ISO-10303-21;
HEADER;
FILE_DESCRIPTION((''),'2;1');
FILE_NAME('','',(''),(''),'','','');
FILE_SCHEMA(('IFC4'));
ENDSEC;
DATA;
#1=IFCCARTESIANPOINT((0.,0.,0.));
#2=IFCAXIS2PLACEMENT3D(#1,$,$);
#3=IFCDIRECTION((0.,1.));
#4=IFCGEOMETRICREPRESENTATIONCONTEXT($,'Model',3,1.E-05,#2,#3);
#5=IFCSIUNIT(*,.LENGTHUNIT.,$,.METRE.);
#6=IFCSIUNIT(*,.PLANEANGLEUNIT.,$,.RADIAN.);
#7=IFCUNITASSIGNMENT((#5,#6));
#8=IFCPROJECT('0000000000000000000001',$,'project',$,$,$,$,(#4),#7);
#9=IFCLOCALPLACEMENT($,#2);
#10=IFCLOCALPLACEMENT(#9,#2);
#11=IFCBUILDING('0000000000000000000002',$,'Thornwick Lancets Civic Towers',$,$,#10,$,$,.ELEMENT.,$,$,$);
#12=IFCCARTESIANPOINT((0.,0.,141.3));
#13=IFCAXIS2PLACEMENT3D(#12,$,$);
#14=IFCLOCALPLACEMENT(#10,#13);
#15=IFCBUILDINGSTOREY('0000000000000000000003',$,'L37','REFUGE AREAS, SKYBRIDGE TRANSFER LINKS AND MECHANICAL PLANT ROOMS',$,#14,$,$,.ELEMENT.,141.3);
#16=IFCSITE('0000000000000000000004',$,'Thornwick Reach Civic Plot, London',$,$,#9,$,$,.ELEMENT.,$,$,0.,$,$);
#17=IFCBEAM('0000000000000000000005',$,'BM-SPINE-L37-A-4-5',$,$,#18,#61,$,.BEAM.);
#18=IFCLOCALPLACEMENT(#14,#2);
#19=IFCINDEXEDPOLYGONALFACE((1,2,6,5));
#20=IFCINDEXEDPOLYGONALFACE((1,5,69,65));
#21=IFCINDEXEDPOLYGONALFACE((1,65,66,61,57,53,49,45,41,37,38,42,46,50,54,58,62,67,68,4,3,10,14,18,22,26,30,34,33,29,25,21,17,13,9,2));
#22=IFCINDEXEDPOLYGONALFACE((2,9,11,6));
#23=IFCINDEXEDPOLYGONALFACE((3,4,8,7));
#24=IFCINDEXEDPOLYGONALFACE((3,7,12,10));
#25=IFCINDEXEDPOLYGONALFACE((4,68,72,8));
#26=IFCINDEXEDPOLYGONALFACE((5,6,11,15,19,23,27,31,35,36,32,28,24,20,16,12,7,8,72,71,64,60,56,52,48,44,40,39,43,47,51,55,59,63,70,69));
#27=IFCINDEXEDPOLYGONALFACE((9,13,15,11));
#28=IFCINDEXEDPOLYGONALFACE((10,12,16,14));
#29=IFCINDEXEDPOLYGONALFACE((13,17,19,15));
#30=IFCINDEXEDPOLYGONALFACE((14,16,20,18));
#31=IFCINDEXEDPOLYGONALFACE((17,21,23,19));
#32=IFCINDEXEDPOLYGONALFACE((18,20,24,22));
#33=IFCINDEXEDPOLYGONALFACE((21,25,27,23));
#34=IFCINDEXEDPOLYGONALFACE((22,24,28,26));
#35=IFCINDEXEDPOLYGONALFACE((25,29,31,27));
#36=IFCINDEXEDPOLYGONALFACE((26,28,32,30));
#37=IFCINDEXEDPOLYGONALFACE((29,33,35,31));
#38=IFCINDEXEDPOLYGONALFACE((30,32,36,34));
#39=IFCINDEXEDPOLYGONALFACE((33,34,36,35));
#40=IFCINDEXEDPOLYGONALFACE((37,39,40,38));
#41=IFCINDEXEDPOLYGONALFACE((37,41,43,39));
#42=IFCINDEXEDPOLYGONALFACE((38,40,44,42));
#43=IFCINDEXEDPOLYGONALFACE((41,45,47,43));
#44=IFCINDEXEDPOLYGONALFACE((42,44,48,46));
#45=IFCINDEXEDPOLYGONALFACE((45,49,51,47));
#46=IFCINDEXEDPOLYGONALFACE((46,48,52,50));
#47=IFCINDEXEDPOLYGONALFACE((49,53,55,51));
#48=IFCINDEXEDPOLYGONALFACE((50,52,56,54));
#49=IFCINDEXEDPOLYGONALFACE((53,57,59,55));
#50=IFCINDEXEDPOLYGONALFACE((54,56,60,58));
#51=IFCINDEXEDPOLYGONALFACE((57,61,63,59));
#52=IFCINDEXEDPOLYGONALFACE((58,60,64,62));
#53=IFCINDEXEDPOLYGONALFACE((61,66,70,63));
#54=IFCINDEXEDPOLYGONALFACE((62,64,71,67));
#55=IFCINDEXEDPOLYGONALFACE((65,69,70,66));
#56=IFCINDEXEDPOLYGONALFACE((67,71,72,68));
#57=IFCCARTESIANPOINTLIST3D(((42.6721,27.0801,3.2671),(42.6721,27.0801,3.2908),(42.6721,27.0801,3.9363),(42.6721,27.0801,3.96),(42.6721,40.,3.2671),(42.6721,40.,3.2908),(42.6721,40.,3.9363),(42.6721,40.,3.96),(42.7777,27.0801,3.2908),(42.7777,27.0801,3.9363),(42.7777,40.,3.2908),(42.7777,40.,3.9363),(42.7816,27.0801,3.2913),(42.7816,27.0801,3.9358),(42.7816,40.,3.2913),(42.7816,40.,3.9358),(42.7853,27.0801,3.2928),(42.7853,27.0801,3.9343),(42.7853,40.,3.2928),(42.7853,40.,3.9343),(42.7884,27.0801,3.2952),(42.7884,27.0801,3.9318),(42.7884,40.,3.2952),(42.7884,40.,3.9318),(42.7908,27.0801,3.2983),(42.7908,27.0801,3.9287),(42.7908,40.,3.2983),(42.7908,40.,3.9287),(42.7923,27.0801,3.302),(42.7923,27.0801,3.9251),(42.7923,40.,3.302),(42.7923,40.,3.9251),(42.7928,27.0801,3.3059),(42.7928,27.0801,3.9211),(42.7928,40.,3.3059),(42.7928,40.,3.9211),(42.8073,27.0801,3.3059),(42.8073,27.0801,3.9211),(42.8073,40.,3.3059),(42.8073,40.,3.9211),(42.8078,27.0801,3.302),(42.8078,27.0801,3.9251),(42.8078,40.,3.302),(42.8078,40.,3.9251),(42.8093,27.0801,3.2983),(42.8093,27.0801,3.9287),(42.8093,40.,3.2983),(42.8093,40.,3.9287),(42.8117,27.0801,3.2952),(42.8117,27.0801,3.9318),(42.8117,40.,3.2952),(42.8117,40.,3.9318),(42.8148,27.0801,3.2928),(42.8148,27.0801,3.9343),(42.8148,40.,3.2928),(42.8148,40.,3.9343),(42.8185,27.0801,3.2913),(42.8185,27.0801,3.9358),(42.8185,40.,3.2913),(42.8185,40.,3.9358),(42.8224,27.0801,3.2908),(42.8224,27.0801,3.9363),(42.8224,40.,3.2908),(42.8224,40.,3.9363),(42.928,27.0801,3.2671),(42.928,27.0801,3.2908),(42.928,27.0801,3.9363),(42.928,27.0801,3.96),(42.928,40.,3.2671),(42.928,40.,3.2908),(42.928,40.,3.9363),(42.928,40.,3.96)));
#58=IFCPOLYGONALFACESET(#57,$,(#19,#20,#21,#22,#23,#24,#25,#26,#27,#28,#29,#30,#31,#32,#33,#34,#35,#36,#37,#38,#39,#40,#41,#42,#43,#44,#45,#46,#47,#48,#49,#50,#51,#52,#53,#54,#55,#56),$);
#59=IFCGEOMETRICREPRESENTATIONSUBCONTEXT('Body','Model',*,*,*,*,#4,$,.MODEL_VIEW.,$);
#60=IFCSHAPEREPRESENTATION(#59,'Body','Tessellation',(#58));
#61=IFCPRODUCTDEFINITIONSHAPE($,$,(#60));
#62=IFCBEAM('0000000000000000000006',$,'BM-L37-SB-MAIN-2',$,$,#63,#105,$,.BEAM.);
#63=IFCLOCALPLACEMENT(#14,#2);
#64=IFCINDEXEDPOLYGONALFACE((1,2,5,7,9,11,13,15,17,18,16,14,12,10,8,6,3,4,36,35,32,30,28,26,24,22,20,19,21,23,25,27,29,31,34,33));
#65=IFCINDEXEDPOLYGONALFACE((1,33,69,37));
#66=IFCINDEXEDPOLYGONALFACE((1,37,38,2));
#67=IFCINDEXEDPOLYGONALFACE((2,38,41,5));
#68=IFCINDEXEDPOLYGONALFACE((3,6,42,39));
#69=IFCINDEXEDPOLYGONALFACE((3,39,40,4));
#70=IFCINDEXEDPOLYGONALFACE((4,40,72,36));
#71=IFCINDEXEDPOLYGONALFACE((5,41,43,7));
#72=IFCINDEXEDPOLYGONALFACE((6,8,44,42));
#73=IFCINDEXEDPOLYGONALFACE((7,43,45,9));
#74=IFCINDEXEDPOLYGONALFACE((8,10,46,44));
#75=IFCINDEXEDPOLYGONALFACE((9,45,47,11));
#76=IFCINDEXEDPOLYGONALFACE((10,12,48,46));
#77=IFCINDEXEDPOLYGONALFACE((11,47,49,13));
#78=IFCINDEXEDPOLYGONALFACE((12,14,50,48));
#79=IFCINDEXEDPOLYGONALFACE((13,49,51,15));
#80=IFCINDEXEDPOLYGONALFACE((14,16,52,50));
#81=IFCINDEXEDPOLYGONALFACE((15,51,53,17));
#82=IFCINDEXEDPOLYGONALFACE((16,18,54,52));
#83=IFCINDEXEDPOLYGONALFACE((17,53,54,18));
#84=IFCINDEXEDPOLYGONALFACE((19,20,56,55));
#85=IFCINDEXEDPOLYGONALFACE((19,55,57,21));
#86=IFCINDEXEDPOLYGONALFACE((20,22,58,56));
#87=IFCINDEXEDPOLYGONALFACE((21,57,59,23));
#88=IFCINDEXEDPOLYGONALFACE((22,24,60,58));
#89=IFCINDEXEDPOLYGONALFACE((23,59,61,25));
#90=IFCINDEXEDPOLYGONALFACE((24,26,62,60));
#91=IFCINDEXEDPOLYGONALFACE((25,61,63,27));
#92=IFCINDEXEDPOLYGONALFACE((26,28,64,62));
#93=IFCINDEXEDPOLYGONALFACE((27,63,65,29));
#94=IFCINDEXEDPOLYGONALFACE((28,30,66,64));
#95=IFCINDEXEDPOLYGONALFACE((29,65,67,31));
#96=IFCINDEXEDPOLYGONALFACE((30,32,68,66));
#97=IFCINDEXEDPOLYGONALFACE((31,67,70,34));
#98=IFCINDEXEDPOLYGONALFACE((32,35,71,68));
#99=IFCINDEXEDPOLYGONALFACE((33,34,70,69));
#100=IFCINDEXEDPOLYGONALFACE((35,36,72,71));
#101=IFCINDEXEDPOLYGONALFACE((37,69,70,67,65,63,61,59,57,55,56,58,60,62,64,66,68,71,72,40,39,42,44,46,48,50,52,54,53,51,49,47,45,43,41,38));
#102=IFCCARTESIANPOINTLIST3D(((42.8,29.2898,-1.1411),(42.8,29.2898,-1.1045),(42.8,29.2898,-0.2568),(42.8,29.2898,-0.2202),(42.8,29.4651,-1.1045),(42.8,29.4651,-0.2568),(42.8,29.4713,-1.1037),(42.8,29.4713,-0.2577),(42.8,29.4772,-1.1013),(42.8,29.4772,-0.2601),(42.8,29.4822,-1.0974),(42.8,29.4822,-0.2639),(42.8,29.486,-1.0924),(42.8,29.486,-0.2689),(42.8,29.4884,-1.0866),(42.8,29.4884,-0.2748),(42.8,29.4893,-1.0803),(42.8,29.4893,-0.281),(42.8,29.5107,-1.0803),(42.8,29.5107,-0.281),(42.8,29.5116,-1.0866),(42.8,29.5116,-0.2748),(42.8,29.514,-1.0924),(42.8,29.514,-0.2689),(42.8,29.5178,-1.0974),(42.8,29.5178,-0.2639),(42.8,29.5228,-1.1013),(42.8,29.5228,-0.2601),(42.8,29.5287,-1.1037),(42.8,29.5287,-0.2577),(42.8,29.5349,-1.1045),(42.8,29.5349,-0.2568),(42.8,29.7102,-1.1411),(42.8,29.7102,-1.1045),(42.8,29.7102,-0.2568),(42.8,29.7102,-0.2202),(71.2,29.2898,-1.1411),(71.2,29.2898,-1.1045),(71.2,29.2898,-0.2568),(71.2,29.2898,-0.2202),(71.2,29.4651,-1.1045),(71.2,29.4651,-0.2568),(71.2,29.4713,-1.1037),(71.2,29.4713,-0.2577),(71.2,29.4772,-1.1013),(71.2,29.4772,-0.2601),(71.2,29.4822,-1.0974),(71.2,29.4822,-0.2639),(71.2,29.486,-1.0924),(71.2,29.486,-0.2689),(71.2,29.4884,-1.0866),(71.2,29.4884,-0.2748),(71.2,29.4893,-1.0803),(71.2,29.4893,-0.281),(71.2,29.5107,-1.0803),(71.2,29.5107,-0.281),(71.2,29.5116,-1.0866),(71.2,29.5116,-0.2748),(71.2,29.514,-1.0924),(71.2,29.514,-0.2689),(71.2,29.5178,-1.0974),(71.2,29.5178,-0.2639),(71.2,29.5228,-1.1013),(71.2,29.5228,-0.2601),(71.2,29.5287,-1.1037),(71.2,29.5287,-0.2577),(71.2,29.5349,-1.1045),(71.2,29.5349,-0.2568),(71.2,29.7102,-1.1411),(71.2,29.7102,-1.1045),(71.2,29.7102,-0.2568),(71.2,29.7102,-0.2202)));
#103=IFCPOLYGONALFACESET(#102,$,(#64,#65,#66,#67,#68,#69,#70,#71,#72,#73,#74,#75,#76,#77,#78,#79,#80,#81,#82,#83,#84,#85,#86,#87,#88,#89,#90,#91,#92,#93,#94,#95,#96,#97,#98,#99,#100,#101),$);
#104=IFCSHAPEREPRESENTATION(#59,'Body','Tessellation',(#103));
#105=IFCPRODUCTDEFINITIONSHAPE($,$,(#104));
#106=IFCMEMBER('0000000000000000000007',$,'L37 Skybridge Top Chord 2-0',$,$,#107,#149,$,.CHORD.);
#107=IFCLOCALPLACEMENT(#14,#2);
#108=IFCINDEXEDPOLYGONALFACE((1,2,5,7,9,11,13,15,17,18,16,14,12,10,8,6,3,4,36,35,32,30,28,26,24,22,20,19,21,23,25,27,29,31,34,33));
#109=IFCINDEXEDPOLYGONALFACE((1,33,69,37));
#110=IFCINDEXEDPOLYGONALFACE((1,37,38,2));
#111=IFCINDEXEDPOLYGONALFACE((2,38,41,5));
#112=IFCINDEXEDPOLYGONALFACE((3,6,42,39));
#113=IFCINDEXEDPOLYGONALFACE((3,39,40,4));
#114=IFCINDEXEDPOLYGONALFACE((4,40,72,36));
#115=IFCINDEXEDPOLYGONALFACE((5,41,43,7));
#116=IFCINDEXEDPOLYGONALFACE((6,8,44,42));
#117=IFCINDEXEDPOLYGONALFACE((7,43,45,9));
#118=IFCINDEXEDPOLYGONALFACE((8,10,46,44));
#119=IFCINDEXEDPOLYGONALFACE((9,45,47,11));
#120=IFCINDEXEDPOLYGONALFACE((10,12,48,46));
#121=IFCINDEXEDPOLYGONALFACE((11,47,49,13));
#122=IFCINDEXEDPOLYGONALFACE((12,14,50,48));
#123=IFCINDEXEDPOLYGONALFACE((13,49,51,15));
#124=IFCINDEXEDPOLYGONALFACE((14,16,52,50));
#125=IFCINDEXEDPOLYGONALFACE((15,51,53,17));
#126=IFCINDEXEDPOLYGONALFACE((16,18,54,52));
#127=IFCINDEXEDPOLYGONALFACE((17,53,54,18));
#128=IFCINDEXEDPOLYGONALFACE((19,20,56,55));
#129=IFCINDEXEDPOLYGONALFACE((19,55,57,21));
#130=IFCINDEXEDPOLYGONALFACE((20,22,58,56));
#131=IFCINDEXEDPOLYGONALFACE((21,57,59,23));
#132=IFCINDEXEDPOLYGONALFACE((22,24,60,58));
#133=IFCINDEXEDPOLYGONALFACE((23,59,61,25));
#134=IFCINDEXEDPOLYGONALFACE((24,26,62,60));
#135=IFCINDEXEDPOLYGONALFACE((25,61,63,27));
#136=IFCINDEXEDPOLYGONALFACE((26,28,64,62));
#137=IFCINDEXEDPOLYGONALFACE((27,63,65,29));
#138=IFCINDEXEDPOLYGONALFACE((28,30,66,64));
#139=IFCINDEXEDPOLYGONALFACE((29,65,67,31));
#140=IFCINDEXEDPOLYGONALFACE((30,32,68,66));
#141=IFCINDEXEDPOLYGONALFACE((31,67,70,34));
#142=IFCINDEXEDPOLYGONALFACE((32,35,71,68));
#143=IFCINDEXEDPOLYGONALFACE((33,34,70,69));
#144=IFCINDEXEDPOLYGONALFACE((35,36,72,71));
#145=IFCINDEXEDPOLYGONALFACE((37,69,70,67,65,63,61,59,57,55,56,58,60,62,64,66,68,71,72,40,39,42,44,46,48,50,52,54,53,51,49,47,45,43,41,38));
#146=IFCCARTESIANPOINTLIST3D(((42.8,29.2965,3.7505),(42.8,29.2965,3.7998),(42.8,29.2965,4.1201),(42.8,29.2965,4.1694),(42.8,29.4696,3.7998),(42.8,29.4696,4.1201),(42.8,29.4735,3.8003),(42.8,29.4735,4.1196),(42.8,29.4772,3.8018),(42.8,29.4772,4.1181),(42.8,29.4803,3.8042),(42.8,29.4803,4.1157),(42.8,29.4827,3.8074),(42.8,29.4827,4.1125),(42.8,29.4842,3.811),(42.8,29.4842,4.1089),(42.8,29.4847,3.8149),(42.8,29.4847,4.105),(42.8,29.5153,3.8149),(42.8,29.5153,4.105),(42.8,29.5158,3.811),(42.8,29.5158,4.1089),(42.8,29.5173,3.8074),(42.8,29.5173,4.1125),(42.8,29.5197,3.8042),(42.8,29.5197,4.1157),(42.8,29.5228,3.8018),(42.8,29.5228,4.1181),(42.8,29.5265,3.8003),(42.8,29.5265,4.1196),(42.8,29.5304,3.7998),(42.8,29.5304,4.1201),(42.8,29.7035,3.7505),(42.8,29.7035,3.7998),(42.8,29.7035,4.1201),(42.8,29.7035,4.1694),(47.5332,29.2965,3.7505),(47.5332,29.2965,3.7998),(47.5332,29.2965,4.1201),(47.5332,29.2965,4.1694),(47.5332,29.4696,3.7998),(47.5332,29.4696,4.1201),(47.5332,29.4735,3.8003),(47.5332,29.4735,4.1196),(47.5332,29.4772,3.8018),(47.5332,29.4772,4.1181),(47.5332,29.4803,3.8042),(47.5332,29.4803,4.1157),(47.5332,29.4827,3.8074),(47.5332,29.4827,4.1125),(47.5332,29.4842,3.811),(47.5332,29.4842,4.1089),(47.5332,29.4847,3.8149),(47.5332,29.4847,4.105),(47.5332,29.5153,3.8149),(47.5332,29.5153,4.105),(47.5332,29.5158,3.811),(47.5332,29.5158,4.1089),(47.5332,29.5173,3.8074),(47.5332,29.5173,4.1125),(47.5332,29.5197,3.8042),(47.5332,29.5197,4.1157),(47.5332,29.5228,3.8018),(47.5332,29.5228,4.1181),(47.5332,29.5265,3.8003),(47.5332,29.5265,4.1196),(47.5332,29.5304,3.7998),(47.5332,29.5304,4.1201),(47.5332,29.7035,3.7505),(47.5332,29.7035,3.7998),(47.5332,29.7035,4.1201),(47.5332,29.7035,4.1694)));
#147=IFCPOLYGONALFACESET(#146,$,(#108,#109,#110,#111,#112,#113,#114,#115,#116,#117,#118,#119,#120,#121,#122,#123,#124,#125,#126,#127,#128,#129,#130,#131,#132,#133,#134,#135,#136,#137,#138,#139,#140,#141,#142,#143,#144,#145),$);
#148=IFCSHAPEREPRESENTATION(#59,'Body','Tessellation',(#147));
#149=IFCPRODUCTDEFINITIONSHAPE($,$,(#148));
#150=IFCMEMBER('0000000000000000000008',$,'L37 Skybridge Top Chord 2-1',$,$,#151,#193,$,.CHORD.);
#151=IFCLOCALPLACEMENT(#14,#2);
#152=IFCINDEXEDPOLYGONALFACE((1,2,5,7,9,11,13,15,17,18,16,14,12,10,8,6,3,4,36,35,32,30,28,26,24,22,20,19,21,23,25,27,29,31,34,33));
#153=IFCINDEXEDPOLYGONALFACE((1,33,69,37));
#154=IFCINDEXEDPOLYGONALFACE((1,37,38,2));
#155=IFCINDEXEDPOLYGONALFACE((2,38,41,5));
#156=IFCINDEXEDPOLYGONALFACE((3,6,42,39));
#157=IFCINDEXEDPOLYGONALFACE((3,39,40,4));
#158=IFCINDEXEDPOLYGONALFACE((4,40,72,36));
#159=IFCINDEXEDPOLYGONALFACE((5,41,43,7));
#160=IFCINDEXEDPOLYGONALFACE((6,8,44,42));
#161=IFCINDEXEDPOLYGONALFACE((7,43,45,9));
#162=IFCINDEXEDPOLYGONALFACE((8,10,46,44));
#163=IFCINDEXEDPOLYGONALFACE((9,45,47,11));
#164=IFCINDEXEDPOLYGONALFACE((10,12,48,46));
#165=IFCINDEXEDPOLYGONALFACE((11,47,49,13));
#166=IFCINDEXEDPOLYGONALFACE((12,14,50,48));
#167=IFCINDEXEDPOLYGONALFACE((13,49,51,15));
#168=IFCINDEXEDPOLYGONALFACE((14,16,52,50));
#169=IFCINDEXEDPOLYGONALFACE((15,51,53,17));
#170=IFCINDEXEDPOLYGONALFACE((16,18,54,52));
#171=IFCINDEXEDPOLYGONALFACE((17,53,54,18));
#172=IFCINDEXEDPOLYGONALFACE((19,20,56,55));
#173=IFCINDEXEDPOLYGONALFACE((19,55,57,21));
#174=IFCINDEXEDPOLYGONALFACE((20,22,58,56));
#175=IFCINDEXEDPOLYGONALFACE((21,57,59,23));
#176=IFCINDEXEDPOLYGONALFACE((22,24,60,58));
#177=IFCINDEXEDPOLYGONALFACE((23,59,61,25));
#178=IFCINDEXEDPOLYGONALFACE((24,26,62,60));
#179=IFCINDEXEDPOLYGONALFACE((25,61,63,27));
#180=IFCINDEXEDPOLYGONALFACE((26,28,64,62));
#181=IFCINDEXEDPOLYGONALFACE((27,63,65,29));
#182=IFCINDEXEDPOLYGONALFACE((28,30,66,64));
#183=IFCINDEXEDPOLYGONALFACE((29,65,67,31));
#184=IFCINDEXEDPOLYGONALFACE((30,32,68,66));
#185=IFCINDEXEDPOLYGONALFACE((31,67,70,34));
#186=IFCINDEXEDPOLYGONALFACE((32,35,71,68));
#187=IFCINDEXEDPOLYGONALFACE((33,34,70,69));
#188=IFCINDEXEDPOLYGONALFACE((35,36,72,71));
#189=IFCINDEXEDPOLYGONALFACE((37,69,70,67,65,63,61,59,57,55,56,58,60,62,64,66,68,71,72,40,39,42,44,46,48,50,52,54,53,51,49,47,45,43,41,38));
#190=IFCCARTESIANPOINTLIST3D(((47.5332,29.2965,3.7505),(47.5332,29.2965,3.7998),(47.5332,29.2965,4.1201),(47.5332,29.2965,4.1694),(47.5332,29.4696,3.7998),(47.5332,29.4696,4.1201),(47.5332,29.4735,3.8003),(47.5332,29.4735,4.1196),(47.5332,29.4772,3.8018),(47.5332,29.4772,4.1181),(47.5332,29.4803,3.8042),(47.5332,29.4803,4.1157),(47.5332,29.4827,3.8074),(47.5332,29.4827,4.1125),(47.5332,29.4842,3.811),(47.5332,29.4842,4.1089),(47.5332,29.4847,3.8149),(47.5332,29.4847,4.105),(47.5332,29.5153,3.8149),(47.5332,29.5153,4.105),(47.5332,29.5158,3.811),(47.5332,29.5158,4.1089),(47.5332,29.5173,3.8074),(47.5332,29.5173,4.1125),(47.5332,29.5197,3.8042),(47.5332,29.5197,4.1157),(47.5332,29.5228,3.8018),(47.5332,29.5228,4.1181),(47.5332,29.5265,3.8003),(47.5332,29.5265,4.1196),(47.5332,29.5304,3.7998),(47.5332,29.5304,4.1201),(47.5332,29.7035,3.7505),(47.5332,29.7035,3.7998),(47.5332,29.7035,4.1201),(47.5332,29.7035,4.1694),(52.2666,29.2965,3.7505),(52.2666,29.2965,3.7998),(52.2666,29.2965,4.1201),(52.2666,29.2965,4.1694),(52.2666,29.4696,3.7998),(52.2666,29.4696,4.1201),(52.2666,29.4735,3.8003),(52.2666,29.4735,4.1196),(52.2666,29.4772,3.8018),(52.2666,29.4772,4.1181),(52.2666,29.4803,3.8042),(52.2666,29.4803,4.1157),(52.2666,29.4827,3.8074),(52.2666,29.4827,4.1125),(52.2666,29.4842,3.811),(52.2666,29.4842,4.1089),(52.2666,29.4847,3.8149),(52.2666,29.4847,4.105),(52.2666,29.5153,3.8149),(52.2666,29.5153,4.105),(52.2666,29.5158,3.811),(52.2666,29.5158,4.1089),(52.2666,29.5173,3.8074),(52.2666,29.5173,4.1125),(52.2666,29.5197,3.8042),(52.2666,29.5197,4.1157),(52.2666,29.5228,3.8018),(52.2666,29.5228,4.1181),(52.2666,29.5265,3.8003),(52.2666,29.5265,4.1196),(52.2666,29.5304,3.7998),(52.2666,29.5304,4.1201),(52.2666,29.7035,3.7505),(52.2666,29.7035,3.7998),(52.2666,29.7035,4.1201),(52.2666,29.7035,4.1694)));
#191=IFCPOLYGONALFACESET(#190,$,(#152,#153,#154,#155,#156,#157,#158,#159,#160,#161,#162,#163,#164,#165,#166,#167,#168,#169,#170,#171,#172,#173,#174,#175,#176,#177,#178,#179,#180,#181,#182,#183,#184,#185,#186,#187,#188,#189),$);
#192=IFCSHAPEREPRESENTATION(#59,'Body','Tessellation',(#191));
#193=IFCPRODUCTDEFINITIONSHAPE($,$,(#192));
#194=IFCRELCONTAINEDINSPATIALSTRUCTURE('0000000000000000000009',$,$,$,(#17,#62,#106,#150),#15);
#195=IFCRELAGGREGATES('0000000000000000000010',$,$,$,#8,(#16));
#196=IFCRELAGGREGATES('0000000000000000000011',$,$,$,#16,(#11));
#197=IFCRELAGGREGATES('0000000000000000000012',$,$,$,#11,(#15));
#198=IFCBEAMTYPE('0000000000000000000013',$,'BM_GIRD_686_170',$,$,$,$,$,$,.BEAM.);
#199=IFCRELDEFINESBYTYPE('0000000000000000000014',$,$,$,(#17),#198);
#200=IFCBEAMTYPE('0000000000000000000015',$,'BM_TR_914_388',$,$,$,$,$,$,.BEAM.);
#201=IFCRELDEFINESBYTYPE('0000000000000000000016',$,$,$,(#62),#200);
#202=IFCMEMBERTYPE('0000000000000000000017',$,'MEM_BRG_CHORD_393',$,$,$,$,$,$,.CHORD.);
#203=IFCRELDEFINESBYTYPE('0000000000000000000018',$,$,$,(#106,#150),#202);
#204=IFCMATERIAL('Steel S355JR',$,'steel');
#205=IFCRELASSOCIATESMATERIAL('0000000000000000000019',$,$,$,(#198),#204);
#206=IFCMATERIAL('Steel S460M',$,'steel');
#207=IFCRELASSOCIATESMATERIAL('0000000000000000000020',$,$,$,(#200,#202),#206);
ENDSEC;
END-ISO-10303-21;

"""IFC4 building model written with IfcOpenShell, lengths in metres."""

from ifc_helpers import new_model, si_unit, direction, frame, origin, origin_2d, place, context, subcontext, project, spatial, i_section, extrude, material, material_profile, profile_set, type_object, element, save


model = new_model("IFC4")

# Units and contexts
model_context = context("Model", 3, precision=1e-05, world=origin(), true_north=direction((0.0, 1.0)))
body_context = subcontext(model_context, "Body", "Model", "MODEL_VIEW")
ifc_project = project(units=[si_unit("LENGTHUNIT", "METRE"), si_unit("PLANEANGLEUNIT", "RADIAN")], contexts=[model_context])

# Site, building, storey
site_placement = place(None, origin())
site = spatial("IfcSite", under=ifc_project, at=site_placement, Name="Thornwick Reach Civic Plot, London", CompositionType="ELEMENT", RefElevation=0.0)
building_placement = place(site_placement, origin())
building = spatial("IfcBuilding", under=site, at=building_placement, Name="Thornwick Lancets Civic Towers", CompositionType="ELEMENT")
storey_placement = place(building_placement, frame((0.0, 0.0, 141.3)))
storey = spatial("IfcBuildingStorey", under=building, at=storey_placement, Name="L37", Description="REFUGE AREAS, SKYBRIDGE TRANSFER LINKS AND MECHANICAL PLANT ROOMS", CompositionType="ELEMENT", Elevation=141.3)

# Beams
ifc_material_1 = material(Name="Steel S355JR", Category="steel")
ifc_material_profile_1 = material_profile(ifc_material_1, i_section(OverallWidth=0.2559, OverallDepth=0.6929, WebThickness=0.0144, FlangeThickness=0.0237, FilletRadius=0.0151, at=origin_2d()), Name="UKB 686x254x170")
ifc_profile_set_1 = profile_set([ifc_material_profile_1], Name="Steel S355JR")
beam_type_1 = type_object("IfcBeamType", Name="BM_GIRD_686_170", PredefinedType="BEAM", material=ifc_profile_set_1)
beam_1_placement = place(storey_placement, frame((42.8, 27.0801, 3.6135), z_axis=(0.0, 1.0, 0.0), x_axis=(-1.0, 0.0, 0.0)))
element("IfcBeam", 1, at=beam_1_placement, inside=storey, type_object=beam_type_1, Name="BM-SPINE-L37-A-4-5", PredefinedType="BEAM", context=body_context, shape_type="SweptSolid", body=[
    extrude(i_section(OverallWidth=0.2559, OverallDepth=0.6929, WebThickness=0.0144, FlangeThickness=0.0237, FilletRadius=0.0151, at=origin_2d()), origin(), (0.0, 0.0, 1.0), 12.9199),
])
ifc_material_2 = material(Name="Steel S460M", Category="steel")
ifc_material_profile_2 = material_profile(ifc_material_2, i_section(OverallWidth=0.4204, OverallDepth=0.9209, WebThickness=0.0215, FlangeThickness=0.0366, FilletRadius=0.0242, at=origin_2d()), Name="UKB 914x419x388")
ifc_profile_set_2 = profile_set([ifc_material_profile_2], Name="Steel S460M")
beam_type_2 = type_object("IfcBeamType", Name="BM_TR_914_388", PredefinedType="BEAM", material=ifc_profile_set_2)
beam_2_placement = place(storey_placement, frame((42.8, 29.5, -0.6807), z_axis=(1.0, 0.0, 0.0), x_axis=(0.0, 1.0, 0.0)))
element("IfcBeam", 2, at=beam_2_placement, inside=storey, type_object=beam_type_2, Name="BM-L37-SB-MAIN-2", PredefinedType="BEAM", context=body_context, shape_type="SweptSolid", body=[
    extrude(i_section(OverallWidth=0.4204, OverallDepth=0.9209, WebThickness=0.0215, FlangeThickness=0.0366, FilletRadius=0.0242, at=origin_2d()), origin(), (0.0, 0.0, 1.0), 28.3999),
])

# Members
ifc_material_profile_3 = material_profile(ifc_material_2, i_section(OverallWidth=0.407, OverallDepth=0.4189, WebThickness=0.0305, FlangeThickness=0.0493, FilletRadius=0.0151, at=origin_2d()), Name="UKC 356x406x393")
ifc_profile_set_3 = profile_set([ifc_material_profile_3], Name="Steel S460M")
member_type_1 = type_object("IfcMemberType", Name="MEM_BRG_CHORD_393", PredefinedType="CHORD", material=ifc_profile_set_3)
member_1_placement = place(storey_placement, frame((42.8, 29.5, 3.96), z_axis=(1.0, 0.0, 0.0), x_axis=(0.0, 1.0, 0.0)))
element("IfcMember", 3, at=member_1_placement, inside=storey, type_object=member_type_1, Name="L37 Skybridge Top Chord 2-0", PredefinedType="CHORD", context=body_context, shape_type="SweptSolid", body=[
    extrude(i_section(OverallWidth=0.407, OverallDepth=0.4189, WebThickness=0.0305, FlangeThickness=0.0493, FilletRadius=0.0151, at=origin_2d()), origin(), (0.0, 0.0, 1.0), 4.7332),
])
member_2_placement = place(storey_placement, frame((47.5332, 29.5, 3.96), z_axis=(1.0, 0.0, 0.0), x_axis=(0.0, 1.0, 0.0)))
element("IfcMember", 4, at=member_2_placement, inside=storey, type_object=member_type_1, Name="L37 Skybridge Top Chord 2-1", PredefinedType="CHORD", context=body_context, shape_type="SweptSolid", body=[
    extrude(i_section(OverallWidth=0.407, OverallDepth=0.4189, WebThickness=0.0305, FlangeThickness=0.0493, FilletRadius=0.0151, at=origin_2d()), origin(), (0.0, 0.0, 1.0), 4.7334),
])

save(model, "model.ifc")
